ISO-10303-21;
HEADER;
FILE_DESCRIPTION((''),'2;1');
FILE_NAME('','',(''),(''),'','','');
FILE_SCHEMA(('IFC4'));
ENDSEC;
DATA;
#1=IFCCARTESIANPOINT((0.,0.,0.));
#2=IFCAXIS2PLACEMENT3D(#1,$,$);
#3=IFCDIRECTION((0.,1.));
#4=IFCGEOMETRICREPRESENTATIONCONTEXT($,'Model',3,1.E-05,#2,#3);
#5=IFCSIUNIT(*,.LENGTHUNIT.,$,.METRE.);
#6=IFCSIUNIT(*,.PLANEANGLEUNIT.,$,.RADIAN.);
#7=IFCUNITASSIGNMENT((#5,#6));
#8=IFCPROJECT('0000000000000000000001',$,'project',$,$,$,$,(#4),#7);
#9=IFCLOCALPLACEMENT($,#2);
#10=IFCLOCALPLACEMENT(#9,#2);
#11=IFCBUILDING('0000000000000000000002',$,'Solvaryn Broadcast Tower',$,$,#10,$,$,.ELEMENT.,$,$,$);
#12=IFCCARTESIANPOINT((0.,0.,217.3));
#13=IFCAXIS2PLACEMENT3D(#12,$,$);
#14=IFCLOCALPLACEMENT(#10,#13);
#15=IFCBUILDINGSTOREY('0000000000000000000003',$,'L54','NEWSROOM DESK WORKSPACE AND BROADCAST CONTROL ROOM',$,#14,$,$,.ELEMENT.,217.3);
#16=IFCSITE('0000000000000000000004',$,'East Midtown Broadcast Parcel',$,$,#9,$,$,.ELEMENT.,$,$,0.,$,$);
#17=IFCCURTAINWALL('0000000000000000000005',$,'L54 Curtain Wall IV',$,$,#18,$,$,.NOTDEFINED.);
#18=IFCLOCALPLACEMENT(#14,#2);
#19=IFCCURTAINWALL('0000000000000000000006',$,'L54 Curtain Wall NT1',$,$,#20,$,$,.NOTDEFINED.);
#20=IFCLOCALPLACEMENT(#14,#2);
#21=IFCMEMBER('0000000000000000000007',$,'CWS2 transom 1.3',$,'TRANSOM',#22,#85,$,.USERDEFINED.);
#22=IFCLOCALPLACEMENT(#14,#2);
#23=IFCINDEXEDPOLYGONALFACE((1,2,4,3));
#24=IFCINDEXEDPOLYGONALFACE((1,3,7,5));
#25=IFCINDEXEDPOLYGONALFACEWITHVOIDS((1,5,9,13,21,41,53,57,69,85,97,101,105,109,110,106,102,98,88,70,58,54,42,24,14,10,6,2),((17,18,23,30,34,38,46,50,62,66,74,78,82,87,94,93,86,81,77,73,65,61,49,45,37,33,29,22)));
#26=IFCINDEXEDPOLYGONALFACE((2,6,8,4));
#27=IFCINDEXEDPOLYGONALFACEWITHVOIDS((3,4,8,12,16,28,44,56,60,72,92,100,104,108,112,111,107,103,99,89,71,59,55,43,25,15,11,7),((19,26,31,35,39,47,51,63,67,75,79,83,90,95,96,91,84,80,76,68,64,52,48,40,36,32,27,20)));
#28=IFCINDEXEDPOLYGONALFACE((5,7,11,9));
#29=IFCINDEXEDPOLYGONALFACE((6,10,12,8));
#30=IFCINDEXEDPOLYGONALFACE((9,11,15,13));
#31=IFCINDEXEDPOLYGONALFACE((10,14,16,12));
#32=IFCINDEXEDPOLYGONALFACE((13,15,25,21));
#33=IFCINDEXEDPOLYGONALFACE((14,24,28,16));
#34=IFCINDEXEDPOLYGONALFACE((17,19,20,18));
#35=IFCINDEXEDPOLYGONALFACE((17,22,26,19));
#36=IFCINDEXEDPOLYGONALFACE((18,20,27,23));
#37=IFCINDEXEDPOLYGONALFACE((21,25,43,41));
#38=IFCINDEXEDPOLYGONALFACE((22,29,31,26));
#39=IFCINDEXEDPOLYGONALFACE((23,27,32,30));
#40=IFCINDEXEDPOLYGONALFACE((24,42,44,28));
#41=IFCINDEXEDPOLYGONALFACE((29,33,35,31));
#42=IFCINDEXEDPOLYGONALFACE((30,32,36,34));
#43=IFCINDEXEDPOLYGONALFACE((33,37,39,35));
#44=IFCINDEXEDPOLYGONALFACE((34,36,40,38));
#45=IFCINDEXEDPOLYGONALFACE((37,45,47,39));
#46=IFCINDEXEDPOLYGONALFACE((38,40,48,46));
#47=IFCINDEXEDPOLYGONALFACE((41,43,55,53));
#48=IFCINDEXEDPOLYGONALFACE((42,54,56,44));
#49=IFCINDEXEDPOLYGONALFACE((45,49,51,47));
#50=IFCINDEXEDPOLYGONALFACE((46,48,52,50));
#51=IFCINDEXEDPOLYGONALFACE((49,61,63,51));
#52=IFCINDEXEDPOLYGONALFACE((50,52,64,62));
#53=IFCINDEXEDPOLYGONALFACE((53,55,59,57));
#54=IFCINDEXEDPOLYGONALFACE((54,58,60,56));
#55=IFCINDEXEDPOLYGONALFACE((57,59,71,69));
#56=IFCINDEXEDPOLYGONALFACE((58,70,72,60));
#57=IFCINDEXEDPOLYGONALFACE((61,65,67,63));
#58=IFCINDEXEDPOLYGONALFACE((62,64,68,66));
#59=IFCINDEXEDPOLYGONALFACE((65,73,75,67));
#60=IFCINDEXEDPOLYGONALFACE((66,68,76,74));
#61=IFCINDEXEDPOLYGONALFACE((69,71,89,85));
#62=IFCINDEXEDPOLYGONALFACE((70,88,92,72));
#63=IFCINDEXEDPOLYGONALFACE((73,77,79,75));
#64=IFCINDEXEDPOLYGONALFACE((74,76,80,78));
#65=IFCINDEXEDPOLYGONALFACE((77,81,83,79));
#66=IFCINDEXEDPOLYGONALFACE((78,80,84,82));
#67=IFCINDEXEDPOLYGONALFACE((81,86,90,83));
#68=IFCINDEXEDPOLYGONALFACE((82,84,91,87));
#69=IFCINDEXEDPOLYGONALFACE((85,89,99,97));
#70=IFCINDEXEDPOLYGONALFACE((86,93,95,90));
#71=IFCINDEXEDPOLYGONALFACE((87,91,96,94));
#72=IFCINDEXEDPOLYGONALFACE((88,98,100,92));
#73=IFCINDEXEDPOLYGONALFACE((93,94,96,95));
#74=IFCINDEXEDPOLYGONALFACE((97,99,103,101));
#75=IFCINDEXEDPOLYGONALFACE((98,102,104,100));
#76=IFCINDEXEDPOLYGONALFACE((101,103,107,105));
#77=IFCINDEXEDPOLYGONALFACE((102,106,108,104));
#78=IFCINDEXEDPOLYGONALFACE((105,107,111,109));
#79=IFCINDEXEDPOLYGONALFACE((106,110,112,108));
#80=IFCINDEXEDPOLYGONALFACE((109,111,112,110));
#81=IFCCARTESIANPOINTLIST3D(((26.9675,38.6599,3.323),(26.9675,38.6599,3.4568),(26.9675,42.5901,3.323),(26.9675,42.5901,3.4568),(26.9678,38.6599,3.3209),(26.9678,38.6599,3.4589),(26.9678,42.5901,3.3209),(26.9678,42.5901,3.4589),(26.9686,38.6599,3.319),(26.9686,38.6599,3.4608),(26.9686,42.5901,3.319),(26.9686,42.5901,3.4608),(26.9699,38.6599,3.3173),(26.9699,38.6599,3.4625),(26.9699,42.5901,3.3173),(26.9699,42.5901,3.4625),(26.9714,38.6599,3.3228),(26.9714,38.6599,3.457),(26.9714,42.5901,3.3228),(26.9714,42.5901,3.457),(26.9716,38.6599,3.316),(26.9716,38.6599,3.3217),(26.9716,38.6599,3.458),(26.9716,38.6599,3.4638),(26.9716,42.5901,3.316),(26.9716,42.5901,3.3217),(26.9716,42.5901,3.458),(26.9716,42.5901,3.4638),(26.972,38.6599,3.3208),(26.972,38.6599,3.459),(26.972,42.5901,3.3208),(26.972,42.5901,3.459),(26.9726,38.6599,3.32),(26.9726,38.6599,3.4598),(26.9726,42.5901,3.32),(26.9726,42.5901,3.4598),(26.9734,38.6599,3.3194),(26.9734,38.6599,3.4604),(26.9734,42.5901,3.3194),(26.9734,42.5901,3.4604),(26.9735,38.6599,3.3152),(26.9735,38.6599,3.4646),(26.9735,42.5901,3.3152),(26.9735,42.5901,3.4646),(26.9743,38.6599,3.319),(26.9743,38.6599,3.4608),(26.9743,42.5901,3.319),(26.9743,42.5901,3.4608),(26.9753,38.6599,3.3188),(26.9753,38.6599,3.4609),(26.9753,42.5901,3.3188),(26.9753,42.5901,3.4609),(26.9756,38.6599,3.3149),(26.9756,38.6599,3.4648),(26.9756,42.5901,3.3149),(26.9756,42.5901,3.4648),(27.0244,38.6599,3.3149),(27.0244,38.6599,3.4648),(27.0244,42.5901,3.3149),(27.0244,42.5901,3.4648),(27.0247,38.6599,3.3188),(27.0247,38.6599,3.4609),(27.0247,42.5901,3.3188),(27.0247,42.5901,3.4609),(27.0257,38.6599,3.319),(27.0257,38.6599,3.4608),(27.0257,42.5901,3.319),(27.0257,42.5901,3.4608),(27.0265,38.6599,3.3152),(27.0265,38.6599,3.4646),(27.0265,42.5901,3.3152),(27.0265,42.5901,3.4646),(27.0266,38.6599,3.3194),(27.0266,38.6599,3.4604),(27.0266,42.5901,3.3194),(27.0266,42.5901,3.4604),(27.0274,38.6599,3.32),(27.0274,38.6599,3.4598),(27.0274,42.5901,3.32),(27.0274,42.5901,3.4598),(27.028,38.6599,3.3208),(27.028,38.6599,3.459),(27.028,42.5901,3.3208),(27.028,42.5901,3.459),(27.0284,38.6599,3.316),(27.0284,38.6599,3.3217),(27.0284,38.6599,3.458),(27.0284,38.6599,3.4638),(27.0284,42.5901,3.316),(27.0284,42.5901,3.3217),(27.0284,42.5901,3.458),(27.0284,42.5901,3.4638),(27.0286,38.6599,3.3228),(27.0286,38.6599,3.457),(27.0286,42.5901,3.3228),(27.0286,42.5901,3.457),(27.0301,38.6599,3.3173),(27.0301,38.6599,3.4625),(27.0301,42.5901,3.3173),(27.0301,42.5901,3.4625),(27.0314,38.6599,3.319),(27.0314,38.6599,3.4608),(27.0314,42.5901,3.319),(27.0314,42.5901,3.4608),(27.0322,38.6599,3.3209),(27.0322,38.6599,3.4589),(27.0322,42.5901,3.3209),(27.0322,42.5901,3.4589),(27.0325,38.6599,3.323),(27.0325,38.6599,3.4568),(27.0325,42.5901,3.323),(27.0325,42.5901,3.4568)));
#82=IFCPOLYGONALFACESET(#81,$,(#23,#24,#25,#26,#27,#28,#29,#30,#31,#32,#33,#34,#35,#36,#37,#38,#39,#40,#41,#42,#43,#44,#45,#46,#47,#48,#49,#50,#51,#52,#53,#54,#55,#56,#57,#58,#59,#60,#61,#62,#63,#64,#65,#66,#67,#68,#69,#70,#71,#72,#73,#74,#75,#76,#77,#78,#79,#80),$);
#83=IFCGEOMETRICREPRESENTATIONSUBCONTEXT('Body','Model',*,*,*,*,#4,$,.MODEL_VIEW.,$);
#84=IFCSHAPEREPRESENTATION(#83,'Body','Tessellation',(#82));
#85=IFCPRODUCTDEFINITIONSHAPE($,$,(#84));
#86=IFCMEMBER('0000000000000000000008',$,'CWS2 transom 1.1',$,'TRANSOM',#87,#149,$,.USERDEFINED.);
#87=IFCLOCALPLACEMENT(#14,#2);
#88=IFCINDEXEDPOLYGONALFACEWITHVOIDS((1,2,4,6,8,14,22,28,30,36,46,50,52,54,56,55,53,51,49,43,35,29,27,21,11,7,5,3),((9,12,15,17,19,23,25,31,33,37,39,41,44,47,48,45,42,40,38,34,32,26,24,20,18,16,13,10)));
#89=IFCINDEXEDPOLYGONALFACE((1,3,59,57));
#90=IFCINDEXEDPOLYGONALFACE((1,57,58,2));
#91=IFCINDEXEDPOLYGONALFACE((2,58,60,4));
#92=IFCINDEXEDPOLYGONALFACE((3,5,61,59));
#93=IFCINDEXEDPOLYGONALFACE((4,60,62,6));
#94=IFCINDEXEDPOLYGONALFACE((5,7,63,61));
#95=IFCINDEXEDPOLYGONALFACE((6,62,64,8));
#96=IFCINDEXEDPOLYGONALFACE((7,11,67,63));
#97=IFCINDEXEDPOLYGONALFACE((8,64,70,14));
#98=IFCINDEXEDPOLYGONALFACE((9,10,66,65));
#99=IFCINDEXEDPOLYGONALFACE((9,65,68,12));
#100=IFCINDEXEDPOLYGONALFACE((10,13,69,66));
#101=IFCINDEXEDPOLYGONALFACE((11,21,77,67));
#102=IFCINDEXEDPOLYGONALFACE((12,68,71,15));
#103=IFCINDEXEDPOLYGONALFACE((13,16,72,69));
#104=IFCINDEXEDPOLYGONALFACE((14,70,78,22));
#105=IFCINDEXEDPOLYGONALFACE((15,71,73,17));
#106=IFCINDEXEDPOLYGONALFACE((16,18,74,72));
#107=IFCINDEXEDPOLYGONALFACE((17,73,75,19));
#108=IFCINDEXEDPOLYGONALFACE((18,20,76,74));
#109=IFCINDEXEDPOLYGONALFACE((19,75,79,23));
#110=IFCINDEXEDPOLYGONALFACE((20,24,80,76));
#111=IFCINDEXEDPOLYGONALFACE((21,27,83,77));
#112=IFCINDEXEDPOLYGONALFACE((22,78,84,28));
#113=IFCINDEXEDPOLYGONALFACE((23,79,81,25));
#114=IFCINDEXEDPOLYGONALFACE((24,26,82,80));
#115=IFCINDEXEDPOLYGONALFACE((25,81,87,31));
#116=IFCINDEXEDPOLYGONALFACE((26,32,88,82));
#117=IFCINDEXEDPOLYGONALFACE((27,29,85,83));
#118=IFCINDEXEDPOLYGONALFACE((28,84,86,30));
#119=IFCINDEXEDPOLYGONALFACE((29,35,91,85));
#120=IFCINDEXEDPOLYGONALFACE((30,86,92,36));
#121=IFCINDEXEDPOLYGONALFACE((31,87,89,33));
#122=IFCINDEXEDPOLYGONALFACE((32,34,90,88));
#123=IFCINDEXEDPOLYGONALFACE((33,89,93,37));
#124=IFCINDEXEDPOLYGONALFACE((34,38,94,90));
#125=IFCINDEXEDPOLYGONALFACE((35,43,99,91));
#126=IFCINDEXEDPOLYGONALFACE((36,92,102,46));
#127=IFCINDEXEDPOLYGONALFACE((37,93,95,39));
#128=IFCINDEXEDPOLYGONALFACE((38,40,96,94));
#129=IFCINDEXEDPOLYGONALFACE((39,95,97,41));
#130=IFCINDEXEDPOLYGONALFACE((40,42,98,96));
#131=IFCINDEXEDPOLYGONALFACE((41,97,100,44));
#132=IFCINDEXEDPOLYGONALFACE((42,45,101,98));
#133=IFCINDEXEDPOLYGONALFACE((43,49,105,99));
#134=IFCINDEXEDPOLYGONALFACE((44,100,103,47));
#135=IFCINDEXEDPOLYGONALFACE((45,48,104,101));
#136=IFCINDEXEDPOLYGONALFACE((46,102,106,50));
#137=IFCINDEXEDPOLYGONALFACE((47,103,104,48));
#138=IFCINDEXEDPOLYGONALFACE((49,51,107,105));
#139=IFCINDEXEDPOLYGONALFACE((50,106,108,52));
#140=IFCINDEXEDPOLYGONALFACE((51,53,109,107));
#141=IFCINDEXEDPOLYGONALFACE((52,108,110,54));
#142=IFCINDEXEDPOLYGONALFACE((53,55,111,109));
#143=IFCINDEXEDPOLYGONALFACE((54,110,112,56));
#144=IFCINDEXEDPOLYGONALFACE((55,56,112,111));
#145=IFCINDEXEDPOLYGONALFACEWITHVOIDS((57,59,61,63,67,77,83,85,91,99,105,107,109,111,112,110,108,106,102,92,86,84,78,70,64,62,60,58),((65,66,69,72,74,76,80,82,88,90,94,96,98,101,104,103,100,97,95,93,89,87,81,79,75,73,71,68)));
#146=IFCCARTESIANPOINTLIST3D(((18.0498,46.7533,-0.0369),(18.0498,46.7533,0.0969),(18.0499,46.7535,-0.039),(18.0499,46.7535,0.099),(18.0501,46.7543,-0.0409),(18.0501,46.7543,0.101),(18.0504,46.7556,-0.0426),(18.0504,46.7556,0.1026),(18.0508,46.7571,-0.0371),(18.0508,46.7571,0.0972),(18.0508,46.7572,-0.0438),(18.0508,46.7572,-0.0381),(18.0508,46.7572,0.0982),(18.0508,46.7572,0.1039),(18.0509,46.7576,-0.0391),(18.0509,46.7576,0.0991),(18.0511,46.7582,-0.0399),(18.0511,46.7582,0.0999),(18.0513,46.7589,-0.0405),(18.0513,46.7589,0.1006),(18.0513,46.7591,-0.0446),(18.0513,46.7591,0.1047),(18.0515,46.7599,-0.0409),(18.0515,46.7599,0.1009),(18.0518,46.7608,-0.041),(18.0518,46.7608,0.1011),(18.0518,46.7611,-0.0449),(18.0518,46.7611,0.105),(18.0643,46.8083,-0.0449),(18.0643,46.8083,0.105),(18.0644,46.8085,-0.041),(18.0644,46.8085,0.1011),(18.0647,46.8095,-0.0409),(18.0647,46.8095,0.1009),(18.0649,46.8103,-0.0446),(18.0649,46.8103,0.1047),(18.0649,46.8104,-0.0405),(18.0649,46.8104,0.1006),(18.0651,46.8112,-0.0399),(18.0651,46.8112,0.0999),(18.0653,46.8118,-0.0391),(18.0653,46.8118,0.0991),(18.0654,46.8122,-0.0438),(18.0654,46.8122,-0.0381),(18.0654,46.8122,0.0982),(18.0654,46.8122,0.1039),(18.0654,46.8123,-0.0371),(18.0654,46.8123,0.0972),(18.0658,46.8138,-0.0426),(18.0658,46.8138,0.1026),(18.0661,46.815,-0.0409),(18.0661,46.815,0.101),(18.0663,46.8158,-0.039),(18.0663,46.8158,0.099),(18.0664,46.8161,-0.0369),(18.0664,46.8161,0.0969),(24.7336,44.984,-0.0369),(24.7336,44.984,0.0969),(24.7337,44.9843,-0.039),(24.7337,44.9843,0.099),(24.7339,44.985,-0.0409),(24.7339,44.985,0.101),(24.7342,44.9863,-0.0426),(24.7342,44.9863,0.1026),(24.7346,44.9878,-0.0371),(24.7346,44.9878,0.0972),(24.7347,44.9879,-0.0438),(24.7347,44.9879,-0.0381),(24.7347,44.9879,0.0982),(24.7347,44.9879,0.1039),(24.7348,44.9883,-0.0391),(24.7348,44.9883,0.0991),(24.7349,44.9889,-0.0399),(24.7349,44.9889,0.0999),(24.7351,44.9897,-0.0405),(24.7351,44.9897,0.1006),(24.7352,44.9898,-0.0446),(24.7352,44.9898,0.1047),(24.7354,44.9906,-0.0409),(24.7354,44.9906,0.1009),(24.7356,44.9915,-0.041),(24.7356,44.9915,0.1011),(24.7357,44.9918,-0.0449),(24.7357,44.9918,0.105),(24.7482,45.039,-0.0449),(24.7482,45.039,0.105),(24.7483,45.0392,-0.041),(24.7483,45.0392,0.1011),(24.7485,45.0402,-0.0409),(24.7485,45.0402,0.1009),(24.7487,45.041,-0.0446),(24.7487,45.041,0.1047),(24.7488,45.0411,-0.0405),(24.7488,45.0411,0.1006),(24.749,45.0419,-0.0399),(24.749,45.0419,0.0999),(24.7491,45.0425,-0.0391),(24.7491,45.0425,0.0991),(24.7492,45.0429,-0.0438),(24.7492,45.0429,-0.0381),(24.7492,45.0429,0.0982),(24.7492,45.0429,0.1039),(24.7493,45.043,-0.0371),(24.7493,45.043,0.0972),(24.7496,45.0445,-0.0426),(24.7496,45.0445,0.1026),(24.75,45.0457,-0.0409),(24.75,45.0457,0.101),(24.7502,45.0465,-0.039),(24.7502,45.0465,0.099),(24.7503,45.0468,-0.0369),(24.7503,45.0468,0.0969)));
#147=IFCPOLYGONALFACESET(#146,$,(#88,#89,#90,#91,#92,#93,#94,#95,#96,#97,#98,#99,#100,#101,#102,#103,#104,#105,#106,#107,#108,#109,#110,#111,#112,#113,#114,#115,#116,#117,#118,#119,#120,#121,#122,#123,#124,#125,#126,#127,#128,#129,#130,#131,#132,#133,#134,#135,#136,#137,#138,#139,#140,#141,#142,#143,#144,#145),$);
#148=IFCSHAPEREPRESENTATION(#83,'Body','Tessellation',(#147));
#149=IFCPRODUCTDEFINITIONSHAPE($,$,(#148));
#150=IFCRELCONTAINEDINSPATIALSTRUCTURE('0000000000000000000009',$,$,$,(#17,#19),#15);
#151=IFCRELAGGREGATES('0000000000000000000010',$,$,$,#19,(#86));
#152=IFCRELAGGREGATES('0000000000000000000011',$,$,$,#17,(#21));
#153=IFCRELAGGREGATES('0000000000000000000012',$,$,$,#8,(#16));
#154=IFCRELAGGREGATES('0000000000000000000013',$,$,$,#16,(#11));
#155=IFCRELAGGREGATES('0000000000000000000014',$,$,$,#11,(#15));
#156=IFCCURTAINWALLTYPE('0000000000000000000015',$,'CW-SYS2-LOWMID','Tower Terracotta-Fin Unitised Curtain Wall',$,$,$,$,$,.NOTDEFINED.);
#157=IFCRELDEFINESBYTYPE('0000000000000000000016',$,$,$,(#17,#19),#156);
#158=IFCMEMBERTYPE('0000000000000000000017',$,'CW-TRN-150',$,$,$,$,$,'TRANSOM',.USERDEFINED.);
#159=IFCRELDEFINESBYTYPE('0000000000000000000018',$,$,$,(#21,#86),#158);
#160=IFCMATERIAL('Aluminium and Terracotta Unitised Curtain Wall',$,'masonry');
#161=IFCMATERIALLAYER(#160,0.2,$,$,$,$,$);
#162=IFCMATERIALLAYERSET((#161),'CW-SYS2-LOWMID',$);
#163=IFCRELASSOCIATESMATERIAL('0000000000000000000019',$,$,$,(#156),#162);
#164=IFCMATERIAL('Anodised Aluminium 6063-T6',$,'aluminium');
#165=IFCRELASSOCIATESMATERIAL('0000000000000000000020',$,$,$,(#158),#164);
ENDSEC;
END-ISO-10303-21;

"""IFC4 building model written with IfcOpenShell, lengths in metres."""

from ifc_helpers import new_model, si_unit, direction, frame, origin, origin_2d, place, context, subcontext, project, spatial, hollow_rectangle, extrude, material, layer, layer_set, material_profile, profile_set, type_object, element, aggregate, save


model = new_model("IFC4")

# Units and contexts
model_context = context("Model", 3, precision=1e-05, world=origin(), true_north=direction((0.0, 1.0)))
body_context = subcontext(model_context, "Body", "Model", "MODEL_VIEW")
ifc_project = project(units=[si_unit("LENGTHUNIT", "METRE"), si_unit("PLANEANGLEUNIT", "RADIAN")], contexts=[model_context])

# Site, building, storey
site_placement = place(None, origin())
site = spatial("IfcSite", under=ifc_project, at=site_placement, Name="East Midtown Broadcast Parcel", CompositionType="ELEMENT", RefElevation=0.0)
building_placement = place(site_placement, origin())
building = spatial("IfcBuilding", under=site, at=building_placement, Name="Solvaryn Broadcast Tower", CompositionType="ELEMENT")
storey_placement = place(building_placement, frame((0.0, 0.0, 217.3)))
storey = spatial("IfcBuildingStorey", under=building, at=storey_placement, Name="L54", Description="NEWSROOM DESK WORKSPACE AND BROADCAST CONTROL ROOM", CompositionType="ELEMENT", Elevation=217.3)

# Curtain wall
ifc_material_1 = material(Name="Aluminium and Terracotta Unitised Curtain Wall", Category="masonry")
ifc_layer_1 = layer(ifc_material_1, 0.2)
ifc_layer_set_1 = layer_set([ifc_layer_1], Name="CW-SYS2-LOWMID")
curtain_wall_type = type_object("IfcCurtainWallType", Name="CW-SYS2-LOWMID", Description="Tower Terracotta-Fin Unitised Curtain Wall", PredefinedType="NOTDEFINED", material=ifc_layer_set_1)
curtain_wall_1_placement = place(storey_placement, origin())
curtain_wall_1 = element("IfcCurtainWall", 1, at=curtain_wall_1_placement, inside=storey, type_object=curtain_wall_type, Name="L54 Curtain Wall IV", PredefinedType="NOTDEFINED")

# Curtain wall
curtain_wall_2_placement = place(storey_placement, origin())
curtain_wall_2 = element("IfcCurtainWall", 2, at=curtain_wall_2_placement, inside=storey, type_object=curtain_wall_type, Name="L54 Curtain Wall NT1", PredefinedType="NOTDEFINED")

# Members
ifc_material_2 = material(Name="Anodised Aluminium 6063-T6", Category="aluminium")
ifc_material_profile_1 = material_profile(ifc_material_2, hollow_rectangle(XDim=0.0649, YDim=0.1499, WallThickness=0.0039, InnerFilletRadius=0.0039, OuterFilletRadius=0.0081, at=origin_2d()))
ifc_profile_set_1 = profile_set([ifc_material_profile_1], Name="Anodised Aluminium 6063-T6")
member_type_1 = type_object("IfcMemberType", Name="CW-TRN-150", ElementType="TRANSOM", PredefinedType="USERDEFINED", material=ifc_profile_set_1)
member_1_placement = place(storey_placement, frame((27.0, 42.5901, 3.3899), z_axis=(0.0, -1.0, 0.0), x_axis=(1.0, 0.0, 0.0)))
member_1 = element("IfcMember", 3, at=member_1_placement, type_object=member_type_1, Name="CWS2 transom 1.3", ObjectType="TRANSOM", PredefinedType="USERDEFINED", context=body_context, shape_type="SweptSolid", body=[
    extrude(hollow_rectangle(XDim=0.0649, YDim=0.1499, WallThickness=0.0039, InnerFilletRadius=0.0039, OuterFilletRadius=0.0081, at=origin_2d()), origin(), (0.0, 0.0, 1.0), 3.9302),
])
member_2_placement = place(storey_placement, frame((24.7419, 45.0154, 0.03), z_axis=(-0.966704, 0.255897, 0.0), x_axis=(-0.255897, -0.966704, 0.0)))
member_2 = element("IfcMember", 4, at=member_2_placement, type_object=member_type_1, Name="CWS2 transom 1.1", ObjectType="TRANSOM", PredefinedType="USERDEFINED", context=body_context, shape_type="SweptSolid", body=[
    extrude(hollow_rectangle(XDim=0.0649, YDim=0.1499, WallThickness=0.0039, InnerFilletRadius=0.0039, OuterFilletRadius=0.0081, at=origin_2d()), origin(), (0.0, 0.0, 1.0), 6.9141),
])
aggregate(curtain_wall_2, [member_2])

aggregate(curtain_wall_1, [member_1])

save(model, "model.ifc")
